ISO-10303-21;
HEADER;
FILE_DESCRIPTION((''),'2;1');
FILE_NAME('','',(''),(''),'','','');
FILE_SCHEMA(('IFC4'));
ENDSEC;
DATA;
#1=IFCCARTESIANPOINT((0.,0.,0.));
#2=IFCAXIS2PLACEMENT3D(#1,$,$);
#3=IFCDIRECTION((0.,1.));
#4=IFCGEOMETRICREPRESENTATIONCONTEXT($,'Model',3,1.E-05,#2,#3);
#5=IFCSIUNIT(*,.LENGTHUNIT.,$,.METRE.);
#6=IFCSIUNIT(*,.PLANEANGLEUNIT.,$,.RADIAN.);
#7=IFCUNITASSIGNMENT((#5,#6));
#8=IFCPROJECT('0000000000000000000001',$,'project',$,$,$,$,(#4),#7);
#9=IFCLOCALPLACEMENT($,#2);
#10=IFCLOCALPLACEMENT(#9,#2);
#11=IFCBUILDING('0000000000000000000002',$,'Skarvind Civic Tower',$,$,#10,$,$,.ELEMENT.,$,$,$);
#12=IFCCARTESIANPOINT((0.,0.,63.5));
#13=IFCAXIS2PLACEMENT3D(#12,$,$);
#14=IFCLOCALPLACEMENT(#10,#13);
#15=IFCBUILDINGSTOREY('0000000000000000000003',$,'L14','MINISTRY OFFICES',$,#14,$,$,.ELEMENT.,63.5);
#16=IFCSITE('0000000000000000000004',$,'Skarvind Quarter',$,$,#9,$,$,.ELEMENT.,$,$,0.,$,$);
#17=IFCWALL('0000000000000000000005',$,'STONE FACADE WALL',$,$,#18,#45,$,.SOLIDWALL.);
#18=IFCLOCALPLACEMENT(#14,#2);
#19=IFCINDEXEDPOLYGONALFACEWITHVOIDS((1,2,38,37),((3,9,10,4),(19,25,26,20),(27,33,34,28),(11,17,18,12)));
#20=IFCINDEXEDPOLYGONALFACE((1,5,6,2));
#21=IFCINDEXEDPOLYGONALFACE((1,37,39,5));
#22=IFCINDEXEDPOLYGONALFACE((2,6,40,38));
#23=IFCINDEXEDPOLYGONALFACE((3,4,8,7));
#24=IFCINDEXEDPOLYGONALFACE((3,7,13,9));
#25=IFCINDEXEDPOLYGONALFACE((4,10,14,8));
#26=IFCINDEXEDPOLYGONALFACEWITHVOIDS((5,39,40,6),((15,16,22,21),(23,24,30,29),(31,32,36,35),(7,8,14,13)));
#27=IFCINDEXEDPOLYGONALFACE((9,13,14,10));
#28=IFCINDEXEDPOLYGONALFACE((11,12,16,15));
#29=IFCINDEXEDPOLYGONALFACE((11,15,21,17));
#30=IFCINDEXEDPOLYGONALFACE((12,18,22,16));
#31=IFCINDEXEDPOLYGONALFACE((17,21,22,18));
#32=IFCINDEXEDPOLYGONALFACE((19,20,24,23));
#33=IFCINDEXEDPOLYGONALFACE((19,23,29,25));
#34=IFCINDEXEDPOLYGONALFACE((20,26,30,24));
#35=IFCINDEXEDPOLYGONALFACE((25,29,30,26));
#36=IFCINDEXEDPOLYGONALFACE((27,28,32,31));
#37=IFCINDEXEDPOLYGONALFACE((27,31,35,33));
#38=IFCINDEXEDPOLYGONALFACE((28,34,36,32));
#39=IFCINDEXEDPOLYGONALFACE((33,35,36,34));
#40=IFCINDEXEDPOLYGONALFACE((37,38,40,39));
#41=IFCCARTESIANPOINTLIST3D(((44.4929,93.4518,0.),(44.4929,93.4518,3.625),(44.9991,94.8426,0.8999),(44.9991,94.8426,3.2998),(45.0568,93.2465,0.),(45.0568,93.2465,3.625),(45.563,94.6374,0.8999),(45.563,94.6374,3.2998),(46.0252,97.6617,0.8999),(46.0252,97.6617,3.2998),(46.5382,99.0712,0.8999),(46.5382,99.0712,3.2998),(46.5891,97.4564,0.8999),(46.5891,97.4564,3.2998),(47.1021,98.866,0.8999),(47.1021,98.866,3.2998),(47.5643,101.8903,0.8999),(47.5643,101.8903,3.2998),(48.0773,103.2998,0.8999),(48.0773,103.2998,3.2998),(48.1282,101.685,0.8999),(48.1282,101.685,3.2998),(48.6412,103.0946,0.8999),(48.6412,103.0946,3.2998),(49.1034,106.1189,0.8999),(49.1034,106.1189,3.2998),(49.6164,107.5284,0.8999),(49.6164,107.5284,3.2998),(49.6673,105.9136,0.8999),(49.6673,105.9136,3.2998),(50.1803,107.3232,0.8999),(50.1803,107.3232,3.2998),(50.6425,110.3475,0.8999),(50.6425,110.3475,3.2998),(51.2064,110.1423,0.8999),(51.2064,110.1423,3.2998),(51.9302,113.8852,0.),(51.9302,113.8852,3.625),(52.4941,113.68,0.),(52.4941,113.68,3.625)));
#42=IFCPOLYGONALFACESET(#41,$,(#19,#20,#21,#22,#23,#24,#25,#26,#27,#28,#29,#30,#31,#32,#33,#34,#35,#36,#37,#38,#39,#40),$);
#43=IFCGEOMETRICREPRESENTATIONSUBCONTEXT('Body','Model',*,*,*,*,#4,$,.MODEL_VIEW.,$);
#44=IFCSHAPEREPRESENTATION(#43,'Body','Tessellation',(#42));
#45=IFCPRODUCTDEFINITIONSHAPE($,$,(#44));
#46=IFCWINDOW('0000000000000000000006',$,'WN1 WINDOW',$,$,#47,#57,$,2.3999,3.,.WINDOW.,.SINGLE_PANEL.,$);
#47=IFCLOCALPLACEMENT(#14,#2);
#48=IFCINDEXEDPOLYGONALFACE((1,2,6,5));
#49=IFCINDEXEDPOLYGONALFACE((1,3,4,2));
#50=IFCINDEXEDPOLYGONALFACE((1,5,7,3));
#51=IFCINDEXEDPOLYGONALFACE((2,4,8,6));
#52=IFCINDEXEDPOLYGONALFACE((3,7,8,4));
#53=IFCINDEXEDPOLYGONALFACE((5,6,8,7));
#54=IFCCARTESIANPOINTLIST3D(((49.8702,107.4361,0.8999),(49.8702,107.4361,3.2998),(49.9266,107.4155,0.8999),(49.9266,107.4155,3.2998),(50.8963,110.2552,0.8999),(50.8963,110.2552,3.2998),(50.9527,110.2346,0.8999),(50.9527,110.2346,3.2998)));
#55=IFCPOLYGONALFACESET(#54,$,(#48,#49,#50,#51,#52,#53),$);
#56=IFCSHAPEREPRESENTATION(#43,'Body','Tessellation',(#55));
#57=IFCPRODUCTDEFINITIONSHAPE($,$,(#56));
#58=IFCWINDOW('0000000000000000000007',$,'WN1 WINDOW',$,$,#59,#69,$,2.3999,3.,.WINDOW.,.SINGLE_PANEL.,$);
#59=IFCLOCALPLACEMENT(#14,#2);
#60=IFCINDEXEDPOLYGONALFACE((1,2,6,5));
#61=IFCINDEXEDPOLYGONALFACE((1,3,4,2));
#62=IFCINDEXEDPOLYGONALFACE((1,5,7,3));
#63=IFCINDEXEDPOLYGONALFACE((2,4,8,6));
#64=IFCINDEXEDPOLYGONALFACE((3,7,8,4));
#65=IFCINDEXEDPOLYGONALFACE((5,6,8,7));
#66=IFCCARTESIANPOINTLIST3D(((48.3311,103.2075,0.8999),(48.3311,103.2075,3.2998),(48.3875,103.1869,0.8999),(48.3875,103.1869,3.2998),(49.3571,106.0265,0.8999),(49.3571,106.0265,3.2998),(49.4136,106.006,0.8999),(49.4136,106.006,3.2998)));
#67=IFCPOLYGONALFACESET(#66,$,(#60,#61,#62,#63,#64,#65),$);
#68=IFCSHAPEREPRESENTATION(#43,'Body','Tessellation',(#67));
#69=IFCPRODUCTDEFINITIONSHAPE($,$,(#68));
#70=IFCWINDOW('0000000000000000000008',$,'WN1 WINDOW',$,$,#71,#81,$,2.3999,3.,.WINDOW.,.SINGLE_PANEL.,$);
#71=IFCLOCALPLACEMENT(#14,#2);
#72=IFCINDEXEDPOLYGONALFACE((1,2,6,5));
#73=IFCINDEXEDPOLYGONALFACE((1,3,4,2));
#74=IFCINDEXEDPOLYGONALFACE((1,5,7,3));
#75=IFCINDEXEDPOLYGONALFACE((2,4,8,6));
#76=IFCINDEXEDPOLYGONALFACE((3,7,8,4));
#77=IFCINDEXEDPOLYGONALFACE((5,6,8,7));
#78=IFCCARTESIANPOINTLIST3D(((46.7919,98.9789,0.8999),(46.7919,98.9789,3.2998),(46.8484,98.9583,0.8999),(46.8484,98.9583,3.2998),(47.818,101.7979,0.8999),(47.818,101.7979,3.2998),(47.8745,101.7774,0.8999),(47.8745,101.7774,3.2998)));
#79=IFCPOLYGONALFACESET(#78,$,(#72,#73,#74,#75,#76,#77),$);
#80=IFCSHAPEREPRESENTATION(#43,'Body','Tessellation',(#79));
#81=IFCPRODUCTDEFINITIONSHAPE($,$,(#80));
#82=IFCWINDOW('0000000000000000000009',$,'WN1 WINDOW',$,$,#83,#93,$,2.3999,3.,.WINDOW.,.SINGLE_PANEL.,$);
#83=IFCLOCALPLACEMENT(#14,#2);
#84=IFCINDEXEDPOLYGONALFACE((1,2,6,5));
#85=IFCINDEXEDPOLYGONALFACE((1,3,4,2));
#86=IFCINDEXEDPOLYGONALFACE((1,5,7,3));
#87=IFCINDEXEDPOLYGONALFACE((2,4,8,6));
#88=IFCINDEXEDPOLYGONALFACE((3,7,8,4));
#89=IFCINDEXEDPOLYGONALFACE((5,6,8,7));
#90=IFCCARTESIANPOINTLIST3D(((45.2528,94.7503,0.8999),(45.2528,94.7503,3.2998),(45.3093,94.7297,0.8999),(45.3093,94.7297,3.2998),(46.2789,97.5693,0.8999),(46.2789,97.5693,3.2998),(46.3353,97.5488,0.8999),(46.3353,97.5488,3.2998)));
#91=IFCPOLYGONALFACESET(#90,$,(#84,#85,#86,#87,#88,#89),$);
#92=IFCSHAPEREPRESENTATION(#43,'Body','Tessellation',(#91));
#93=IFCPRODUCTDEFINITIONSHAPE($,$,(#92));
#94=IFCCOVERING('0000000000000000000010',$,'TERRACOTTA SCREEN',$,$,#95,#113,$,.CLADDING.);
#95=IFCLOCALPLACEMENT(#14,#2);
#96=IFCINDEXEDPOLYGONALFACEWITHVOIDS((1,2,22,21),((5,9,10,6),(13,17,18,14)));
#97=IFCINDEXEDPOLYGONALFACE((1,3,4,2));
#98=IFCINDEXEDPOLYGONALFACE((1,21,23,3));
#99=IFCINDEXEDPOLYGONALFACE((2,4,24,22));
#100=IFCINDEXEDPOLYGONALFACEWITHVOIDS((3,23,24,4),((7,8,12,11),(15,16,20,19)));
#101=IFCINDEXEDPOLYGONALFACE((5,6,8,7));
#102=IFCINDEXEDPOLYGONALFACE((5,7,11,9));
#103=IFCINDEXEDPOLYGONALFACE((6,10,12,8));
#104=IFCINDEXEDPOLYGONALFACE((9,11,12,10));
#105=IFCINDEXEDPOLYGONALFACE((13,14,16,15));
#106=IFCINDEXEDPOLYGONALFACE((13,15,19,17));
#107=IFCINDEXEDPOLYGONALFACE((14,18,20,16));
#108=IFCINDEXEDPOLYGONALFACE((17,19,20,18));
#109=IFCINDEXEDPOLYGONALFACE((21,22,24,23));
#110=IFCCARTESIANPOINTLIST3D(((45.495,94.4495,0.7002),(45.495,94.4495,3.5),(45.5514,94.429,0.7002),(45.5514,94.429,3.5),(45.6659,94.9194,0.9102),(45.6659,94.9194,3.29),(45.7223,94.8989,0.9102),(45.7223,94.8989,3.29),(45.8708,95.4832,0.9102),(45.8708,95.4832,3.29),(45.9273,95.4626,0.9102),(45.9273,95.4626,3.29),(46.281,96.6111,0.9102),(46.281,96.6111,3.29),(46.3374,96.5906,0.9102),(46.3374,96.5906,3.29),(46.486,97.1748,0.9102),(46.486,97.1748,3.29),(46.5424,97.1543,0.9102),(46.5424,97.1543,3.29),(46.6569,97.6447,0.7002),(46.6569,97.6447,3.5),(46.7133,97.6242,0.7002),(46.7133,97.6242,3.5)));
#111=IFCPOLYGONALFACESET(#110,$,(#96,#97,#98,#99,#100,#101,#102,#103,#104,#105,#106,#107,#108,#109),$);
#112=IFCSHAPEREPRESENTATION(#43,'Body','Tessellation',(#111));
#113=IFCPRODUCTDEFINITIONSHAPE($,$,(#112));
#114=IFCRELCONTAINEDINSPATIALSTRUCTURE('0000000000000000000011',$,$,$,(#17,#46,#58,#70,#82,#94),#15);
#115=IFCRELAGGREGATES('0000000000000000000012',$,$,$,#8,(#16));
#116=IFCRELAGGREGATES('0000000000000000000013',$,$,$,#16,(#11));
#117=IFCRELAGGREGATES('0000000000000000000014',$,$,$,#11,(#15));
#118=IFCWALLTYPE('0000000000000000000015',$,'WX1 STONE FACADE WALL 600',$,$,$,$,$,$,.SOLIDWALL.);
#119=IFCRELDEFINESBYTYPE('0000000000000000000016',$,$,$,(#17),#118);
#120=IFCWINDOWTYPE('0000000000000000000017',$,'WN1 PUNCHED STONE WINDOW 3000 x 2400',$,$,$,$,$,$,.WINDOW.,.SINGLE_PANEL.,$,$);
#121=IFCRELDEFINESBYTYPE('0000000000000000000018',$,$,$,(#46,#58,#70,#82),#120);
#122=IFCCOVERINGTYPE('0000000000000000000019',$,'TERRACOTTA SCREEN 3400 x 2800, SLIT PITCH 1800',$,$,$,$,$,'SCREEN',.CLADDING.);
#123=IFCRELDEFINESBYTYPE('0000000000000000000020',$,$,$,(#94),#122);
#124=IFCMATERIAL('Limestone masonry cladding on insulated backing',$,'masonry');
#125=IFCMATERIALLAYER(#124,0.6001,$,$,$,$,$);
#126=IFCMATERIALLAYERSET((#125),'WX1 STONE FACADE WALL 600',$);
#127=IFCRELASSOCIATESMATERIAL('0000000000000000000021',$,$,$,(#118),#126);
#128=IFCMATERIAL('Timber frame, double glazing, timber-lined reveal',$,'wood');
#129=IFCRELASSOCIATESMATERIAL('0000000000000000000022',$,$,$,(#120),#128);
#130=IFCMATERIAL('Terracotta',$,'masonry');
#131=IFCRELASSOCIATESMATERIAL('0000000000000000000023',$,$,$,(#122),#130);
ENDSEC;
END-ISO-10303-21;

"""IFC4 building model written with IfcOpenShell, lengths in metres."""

from ifc_helpers import new_model, si_unit, direction, frame, frame_2d, origin, place, context, subcontext, project, spatial, polyline, rectangle, outline, extrude, material, layer, layer_set, material_profile, profile_set, type_object, element, fill, save


model = new_model("IFC4")

# Units and contexts
model_context = context("Model", 3, precision=1e-05, world=origin(), true_north=direction((0.0, 1.0)))
body_context = subcontext(model_context, "Body", "Model", "MODEL_VIEW")
ifc_project = project(units=[si_unit("LENGTHUNIT", "METRE"), si_unit("PLANEANGLEUNIT", "RADIAN")], contexts=[model_context])

# Site, building, storey
site_placement = place(None, origin())
site = spatial("IfcSite", under=ifc_project, at=site_placement, Name="Skarvind Quarter", CompositionType="ELEMENT", RefElevation=0.0)
building_placement = place(site_placement, origin())
building = spatial("IfcBuilding", under=site, at=building_placement, Name="Skarvind Civic Tower", CompositionType="ELEMENT")
storey_placement = place(building_placement, frame((0.0, 0.0, 63.5)))
storey = spatial("IfcBuildingStorey", under=building, at=storey_placement, Name="L14", Description="MINISTRY OFFICES", CompositionType="ELEMENT", Elevation=63.5)

# Wall, openings, windows
ifc_material_1 = material(Name="Limestone masonry cladding on insulated backing", Category="masonry")
ifc_layer_1 = layer(ifc_material_1, 0.6001)
ifc_layer_set_1 = layer_set([ifc_layer_1], Name="WX1 STONE FACADE WALL 600")
wall_type_1 = type_object("IfcWallType", Name="WX1 STONE FACADE WALL 600", PredefinedType="SOLIDWALL", material=ifc_layer_set_1)
wall_1_placement = place(storey_placement, frame((52.2122, 113.7827, 0.0), z_axis=(0.0, 0.0, 1.0), x_axis=(-0.342025, -0.939691, 0.0)))
wall_1 = element("IfcWall", 1, at=wall_1_placement, inside=storey, type_object=wall_type_1, Name="STONE FACADE WALL", PredefinedType="SOLIDWALL", context=body_context, shape_type="SweptSolid", body=[
    extrude(rectangle(XDim=21.7449, YDim=0.6001, at=frame_2d((10.8726, 0.0))), origin(), (0.0, 0.0, 1.0), 3.625),
])
opening_1_placement = place(wall_1_placement, frame((3.7649, 0.0, 0.8999)))
opening_1 = element("IfcOpeningElement", 2, at=opening_1_placement, cuts=wall_1, PredefinedType="OPENING", context=body_context, shape_type="SweptSolid", body=[
    extrude(rectangle(XDim=3.0, YDim=2.3999, at=frame_2d((1.5, 1.2))), frame((0.0, 0.3101, 0.0), z_axis=(0.0, -1.0, 0.0), x_axis=(1.0, 0.0, 0.0)), (0.0, 0.0, 1.0), 0.6201),
])
opening_2_placement = place(wall_1_placement, frame((8.2649, 0.0, 0.8999)))
opening_2 = element("IfcOpeningElement", 3, at=opening_2_placement, cuts=wall_1, PredefinedType="OPENING", context=body_context, shape_type="SweptSolid", body=[
    extrude(rectangle(XDim=3.0, YDim=2.3999, at=frame_2d((1.5, 1.2))), frame((0.0, 0.3101, 0.0), z_axis=(0.0, -1.0, 0.0), x_axis=(1.0, 0.0, 0.0)), (0.0, 0.0, 1.0), 0.6201),
])
opening_3_placement = place(wall_1_placement, frame((12.7649, 0.0, 0.8999)))
opening_3 = element("IfcOpeningElement", 4, at=opening_3_placement, cuts=wall_1, PredefinedType="OPENING", context=body_context, shape_type="SweptSolid", body=[
    extrude(rectangle(XDim=3.0, YDim=2.3999, at=frame_2d((1.5, 1.2))), frame((0.0, 0.3101, 0.0), z_axis=(0.0, -1.0, 0.0), x_axis=(1.0, 0.0, 0.0)), (0.0, 0.0, 1.0), 0.6201),
])
opening_4_placement = place(wall_1_placement, frame((17.2649, 0.0, 0.8999)))
opening_4 = element("IfcOpeningElement", 5, at=opening_4_placement, cuts=wall_1, PredefinedType="OPENING", context=body_context, shape_type="SweptSolid", body=[
    extrude(rectangle(XDim=3.0, YDim=2.3999, at=frame_2d((1.5, 1.2))), frame((0.0, 0.3101, 0.0), z_axis=(0.0, -1.0, 0.0), x_axis=(1.0, 0.0, 0.0)), (0.0, 0.0, 1.0), 0.6201),
])
ifc_material_2 = material(Name="Timber frame, double glazing, timber-lined reveal", Category="wood")
window_type = type_object("IfcWindowType", Name="WN1 PUNCHED STONE WINDOW 3000 x 2400", PartitioningType="SINGLE_PANEL", PredefinedType="WINDOW", material=ifc_material_2)
window_1_placement = place(opening_1_placement, origin())
window_1 = element("IfcWindow", 6, at=window_1_placement, inside=storey, type_object=window_type, Name="WN1 WINDOW", OverallHeight=2.3999, OverallWidth=3.0, PartitioningType="SINGLE_PANEL", PredefinedType="WINDOW", context=body_context, shape_type="SweptSolid", body=[
    extrude(rectangle(XDim=3.0, YDim=2.3999, at=frame_2d((1.5, 1.2))), frame((0.0, 0.03, 0.0), z_axis=(0.0, -1.0, 0.0), x_axis=(1.0, 0.0, 0.0)), (0.0, 0.0, 1.0), 0.0601),
])
fill(opening_1, window_1)
window_2_placement = place(opening_2_placement, origin())
window_2 = element("IfcWindow", 7, at=window_2_placement, inside=storey, type_object=window_type, Name="WN1 WINDOW", OverallHeight=2.3999, OverallWidth=3.0, PartitioningType="SINGLE_PANEL", PredefinedType="WINDOW", context=body_context, shape_type="SweptSolid", body=[
    extrude(rectangle(XDim=3.0, YDim=2.3999, at=frame_2d((1.5, 1.2))), frame((0.0, 0.03, 0.0), z_axis=(0.0, -1.0, 0.0), x_axis=(1.0, 0.0, 0.0)), (0.0, 0.0, 1.0), 0.0601),
])
fill(opening_2, window_2)
window_3_placement = place(opening_3_placement, origin())
window_3 = element("IfcWindow", 8, at=window_3_placement, inside=storey, type_object=window_type, Name="WN1 WINDOW", OverallHeight=2.3999, OverallWidth=3.0, PartitioningType="SINGLE_PANEL", PredefinedType="WINDOW", context=body_context, shape_type="SweptSolid", body=[
    extrude(rectangle(XDim=3.0, YDim=2.3999, at=frame_2d((1.5, 1.2))), frame((0.0, 0.03, 0.0), z_axis=(0.0, -1.0, 0.0), x_axis=(1.0, 0.0, 0.0)), (0.0, 0.0, 1.0), 0.0601),
])
fill(opening_3, window_3)
window_4_placement = place(opening_4_placement, origin())
window_4 = element("IfcWindow", 9, at=window_4_placement, inside=storey, type_object=window_type, Name="WN1 WINDOW", OverallHeight=2.3999, OverallWidth=3.0, PartitioningType="SINGLE_PANEL", PredefinedType="WINDOW", context=body_context, shape_type="SweptSolid", body=[
    extrude(rectangle(XDim=3.0, YDim=2.3999, at=frame_2d((1.5, 1.2))), frame((0.0, 0.03, 0.0), z_axis=(0.0, -1.0, 0.0), x_axis=(1.0, 0.0, 0.0)), (0.0, 0.0, 1.0), 0.0601),
])
fill(opening_4, window_4)

# Covering
ifc_material_3 = material(Name="Terracotta", Category="masonry")
ifc_material_profile_1 = material_profile(ifc_material_3, outline(polyline([(-1.7, -1.3999), (1.7, -1.3999), (1.7, 1.3999), (-1.7, 1.3999), (-1.7, -1.3999)]), holes=[polyline([(-1.2, -1.1899), (-0.6001, -1.1899), (-0.6001, 1.1899), (-1.2, 1.1899), (-1.2, -1.1899)]), polyline([(0.6001, -1.1899), (1.2, -1.1899), (1.2, 1.1899), (0.6001, 1.1899), (0.6001, -1.1899)])]), Name="TERRACOTTA SCREEN 3400 x 2800, SLIT PITCH 1800")
ifc_profile_set_1 = profile_set([ifc_material_profile_1], Name="Terracotta")
covering_type = type_object("IfcCoveringType", Name="TERRACOTTA SCREEN 3400 x 2800, SLIT PITCH 1800", ElementType="SCREEN", PredefinedType="CLADDING", material=ifc_profile_set_1)
covering_placement = place(storey_placement, frame((46.0759, 96.0471, 2.1001), z_axis=(0.939793, -0.341743, 0.0), x_axis=(0.341743, 0.939793, 0.0)))
element("IfcCovering", 10, at=covering_placement, inside=storey, type_object=covering_type, Name="TERRACOTTA SCREEN", PredefinedType="CLADDING", context=body_context, shape_type="SweptSolid", body=[
    extrude(outline(polyline([(-1.7, -1.3999), (1.7, -1.3999), (1.7, 1.3999), (-1.7, 1.3999), (-1.7, -1.3999)]), holes=[polyline([(-1.2, -1.1899), (-0.6001, -1.1899), (-0.6001, 1.1899), (-1.2, 1.1899), (-1.2, -1.1899)]), polyline([(0.6001, -1.1899), (1.2, -1.1899), (1.2, 1.1899), (0.6001, 1.1899), (0.6001, -1.1899)])]), origin(), (0.0, 0.0, 1.0), 0.0601),
])

save(model, "model.ifc")
